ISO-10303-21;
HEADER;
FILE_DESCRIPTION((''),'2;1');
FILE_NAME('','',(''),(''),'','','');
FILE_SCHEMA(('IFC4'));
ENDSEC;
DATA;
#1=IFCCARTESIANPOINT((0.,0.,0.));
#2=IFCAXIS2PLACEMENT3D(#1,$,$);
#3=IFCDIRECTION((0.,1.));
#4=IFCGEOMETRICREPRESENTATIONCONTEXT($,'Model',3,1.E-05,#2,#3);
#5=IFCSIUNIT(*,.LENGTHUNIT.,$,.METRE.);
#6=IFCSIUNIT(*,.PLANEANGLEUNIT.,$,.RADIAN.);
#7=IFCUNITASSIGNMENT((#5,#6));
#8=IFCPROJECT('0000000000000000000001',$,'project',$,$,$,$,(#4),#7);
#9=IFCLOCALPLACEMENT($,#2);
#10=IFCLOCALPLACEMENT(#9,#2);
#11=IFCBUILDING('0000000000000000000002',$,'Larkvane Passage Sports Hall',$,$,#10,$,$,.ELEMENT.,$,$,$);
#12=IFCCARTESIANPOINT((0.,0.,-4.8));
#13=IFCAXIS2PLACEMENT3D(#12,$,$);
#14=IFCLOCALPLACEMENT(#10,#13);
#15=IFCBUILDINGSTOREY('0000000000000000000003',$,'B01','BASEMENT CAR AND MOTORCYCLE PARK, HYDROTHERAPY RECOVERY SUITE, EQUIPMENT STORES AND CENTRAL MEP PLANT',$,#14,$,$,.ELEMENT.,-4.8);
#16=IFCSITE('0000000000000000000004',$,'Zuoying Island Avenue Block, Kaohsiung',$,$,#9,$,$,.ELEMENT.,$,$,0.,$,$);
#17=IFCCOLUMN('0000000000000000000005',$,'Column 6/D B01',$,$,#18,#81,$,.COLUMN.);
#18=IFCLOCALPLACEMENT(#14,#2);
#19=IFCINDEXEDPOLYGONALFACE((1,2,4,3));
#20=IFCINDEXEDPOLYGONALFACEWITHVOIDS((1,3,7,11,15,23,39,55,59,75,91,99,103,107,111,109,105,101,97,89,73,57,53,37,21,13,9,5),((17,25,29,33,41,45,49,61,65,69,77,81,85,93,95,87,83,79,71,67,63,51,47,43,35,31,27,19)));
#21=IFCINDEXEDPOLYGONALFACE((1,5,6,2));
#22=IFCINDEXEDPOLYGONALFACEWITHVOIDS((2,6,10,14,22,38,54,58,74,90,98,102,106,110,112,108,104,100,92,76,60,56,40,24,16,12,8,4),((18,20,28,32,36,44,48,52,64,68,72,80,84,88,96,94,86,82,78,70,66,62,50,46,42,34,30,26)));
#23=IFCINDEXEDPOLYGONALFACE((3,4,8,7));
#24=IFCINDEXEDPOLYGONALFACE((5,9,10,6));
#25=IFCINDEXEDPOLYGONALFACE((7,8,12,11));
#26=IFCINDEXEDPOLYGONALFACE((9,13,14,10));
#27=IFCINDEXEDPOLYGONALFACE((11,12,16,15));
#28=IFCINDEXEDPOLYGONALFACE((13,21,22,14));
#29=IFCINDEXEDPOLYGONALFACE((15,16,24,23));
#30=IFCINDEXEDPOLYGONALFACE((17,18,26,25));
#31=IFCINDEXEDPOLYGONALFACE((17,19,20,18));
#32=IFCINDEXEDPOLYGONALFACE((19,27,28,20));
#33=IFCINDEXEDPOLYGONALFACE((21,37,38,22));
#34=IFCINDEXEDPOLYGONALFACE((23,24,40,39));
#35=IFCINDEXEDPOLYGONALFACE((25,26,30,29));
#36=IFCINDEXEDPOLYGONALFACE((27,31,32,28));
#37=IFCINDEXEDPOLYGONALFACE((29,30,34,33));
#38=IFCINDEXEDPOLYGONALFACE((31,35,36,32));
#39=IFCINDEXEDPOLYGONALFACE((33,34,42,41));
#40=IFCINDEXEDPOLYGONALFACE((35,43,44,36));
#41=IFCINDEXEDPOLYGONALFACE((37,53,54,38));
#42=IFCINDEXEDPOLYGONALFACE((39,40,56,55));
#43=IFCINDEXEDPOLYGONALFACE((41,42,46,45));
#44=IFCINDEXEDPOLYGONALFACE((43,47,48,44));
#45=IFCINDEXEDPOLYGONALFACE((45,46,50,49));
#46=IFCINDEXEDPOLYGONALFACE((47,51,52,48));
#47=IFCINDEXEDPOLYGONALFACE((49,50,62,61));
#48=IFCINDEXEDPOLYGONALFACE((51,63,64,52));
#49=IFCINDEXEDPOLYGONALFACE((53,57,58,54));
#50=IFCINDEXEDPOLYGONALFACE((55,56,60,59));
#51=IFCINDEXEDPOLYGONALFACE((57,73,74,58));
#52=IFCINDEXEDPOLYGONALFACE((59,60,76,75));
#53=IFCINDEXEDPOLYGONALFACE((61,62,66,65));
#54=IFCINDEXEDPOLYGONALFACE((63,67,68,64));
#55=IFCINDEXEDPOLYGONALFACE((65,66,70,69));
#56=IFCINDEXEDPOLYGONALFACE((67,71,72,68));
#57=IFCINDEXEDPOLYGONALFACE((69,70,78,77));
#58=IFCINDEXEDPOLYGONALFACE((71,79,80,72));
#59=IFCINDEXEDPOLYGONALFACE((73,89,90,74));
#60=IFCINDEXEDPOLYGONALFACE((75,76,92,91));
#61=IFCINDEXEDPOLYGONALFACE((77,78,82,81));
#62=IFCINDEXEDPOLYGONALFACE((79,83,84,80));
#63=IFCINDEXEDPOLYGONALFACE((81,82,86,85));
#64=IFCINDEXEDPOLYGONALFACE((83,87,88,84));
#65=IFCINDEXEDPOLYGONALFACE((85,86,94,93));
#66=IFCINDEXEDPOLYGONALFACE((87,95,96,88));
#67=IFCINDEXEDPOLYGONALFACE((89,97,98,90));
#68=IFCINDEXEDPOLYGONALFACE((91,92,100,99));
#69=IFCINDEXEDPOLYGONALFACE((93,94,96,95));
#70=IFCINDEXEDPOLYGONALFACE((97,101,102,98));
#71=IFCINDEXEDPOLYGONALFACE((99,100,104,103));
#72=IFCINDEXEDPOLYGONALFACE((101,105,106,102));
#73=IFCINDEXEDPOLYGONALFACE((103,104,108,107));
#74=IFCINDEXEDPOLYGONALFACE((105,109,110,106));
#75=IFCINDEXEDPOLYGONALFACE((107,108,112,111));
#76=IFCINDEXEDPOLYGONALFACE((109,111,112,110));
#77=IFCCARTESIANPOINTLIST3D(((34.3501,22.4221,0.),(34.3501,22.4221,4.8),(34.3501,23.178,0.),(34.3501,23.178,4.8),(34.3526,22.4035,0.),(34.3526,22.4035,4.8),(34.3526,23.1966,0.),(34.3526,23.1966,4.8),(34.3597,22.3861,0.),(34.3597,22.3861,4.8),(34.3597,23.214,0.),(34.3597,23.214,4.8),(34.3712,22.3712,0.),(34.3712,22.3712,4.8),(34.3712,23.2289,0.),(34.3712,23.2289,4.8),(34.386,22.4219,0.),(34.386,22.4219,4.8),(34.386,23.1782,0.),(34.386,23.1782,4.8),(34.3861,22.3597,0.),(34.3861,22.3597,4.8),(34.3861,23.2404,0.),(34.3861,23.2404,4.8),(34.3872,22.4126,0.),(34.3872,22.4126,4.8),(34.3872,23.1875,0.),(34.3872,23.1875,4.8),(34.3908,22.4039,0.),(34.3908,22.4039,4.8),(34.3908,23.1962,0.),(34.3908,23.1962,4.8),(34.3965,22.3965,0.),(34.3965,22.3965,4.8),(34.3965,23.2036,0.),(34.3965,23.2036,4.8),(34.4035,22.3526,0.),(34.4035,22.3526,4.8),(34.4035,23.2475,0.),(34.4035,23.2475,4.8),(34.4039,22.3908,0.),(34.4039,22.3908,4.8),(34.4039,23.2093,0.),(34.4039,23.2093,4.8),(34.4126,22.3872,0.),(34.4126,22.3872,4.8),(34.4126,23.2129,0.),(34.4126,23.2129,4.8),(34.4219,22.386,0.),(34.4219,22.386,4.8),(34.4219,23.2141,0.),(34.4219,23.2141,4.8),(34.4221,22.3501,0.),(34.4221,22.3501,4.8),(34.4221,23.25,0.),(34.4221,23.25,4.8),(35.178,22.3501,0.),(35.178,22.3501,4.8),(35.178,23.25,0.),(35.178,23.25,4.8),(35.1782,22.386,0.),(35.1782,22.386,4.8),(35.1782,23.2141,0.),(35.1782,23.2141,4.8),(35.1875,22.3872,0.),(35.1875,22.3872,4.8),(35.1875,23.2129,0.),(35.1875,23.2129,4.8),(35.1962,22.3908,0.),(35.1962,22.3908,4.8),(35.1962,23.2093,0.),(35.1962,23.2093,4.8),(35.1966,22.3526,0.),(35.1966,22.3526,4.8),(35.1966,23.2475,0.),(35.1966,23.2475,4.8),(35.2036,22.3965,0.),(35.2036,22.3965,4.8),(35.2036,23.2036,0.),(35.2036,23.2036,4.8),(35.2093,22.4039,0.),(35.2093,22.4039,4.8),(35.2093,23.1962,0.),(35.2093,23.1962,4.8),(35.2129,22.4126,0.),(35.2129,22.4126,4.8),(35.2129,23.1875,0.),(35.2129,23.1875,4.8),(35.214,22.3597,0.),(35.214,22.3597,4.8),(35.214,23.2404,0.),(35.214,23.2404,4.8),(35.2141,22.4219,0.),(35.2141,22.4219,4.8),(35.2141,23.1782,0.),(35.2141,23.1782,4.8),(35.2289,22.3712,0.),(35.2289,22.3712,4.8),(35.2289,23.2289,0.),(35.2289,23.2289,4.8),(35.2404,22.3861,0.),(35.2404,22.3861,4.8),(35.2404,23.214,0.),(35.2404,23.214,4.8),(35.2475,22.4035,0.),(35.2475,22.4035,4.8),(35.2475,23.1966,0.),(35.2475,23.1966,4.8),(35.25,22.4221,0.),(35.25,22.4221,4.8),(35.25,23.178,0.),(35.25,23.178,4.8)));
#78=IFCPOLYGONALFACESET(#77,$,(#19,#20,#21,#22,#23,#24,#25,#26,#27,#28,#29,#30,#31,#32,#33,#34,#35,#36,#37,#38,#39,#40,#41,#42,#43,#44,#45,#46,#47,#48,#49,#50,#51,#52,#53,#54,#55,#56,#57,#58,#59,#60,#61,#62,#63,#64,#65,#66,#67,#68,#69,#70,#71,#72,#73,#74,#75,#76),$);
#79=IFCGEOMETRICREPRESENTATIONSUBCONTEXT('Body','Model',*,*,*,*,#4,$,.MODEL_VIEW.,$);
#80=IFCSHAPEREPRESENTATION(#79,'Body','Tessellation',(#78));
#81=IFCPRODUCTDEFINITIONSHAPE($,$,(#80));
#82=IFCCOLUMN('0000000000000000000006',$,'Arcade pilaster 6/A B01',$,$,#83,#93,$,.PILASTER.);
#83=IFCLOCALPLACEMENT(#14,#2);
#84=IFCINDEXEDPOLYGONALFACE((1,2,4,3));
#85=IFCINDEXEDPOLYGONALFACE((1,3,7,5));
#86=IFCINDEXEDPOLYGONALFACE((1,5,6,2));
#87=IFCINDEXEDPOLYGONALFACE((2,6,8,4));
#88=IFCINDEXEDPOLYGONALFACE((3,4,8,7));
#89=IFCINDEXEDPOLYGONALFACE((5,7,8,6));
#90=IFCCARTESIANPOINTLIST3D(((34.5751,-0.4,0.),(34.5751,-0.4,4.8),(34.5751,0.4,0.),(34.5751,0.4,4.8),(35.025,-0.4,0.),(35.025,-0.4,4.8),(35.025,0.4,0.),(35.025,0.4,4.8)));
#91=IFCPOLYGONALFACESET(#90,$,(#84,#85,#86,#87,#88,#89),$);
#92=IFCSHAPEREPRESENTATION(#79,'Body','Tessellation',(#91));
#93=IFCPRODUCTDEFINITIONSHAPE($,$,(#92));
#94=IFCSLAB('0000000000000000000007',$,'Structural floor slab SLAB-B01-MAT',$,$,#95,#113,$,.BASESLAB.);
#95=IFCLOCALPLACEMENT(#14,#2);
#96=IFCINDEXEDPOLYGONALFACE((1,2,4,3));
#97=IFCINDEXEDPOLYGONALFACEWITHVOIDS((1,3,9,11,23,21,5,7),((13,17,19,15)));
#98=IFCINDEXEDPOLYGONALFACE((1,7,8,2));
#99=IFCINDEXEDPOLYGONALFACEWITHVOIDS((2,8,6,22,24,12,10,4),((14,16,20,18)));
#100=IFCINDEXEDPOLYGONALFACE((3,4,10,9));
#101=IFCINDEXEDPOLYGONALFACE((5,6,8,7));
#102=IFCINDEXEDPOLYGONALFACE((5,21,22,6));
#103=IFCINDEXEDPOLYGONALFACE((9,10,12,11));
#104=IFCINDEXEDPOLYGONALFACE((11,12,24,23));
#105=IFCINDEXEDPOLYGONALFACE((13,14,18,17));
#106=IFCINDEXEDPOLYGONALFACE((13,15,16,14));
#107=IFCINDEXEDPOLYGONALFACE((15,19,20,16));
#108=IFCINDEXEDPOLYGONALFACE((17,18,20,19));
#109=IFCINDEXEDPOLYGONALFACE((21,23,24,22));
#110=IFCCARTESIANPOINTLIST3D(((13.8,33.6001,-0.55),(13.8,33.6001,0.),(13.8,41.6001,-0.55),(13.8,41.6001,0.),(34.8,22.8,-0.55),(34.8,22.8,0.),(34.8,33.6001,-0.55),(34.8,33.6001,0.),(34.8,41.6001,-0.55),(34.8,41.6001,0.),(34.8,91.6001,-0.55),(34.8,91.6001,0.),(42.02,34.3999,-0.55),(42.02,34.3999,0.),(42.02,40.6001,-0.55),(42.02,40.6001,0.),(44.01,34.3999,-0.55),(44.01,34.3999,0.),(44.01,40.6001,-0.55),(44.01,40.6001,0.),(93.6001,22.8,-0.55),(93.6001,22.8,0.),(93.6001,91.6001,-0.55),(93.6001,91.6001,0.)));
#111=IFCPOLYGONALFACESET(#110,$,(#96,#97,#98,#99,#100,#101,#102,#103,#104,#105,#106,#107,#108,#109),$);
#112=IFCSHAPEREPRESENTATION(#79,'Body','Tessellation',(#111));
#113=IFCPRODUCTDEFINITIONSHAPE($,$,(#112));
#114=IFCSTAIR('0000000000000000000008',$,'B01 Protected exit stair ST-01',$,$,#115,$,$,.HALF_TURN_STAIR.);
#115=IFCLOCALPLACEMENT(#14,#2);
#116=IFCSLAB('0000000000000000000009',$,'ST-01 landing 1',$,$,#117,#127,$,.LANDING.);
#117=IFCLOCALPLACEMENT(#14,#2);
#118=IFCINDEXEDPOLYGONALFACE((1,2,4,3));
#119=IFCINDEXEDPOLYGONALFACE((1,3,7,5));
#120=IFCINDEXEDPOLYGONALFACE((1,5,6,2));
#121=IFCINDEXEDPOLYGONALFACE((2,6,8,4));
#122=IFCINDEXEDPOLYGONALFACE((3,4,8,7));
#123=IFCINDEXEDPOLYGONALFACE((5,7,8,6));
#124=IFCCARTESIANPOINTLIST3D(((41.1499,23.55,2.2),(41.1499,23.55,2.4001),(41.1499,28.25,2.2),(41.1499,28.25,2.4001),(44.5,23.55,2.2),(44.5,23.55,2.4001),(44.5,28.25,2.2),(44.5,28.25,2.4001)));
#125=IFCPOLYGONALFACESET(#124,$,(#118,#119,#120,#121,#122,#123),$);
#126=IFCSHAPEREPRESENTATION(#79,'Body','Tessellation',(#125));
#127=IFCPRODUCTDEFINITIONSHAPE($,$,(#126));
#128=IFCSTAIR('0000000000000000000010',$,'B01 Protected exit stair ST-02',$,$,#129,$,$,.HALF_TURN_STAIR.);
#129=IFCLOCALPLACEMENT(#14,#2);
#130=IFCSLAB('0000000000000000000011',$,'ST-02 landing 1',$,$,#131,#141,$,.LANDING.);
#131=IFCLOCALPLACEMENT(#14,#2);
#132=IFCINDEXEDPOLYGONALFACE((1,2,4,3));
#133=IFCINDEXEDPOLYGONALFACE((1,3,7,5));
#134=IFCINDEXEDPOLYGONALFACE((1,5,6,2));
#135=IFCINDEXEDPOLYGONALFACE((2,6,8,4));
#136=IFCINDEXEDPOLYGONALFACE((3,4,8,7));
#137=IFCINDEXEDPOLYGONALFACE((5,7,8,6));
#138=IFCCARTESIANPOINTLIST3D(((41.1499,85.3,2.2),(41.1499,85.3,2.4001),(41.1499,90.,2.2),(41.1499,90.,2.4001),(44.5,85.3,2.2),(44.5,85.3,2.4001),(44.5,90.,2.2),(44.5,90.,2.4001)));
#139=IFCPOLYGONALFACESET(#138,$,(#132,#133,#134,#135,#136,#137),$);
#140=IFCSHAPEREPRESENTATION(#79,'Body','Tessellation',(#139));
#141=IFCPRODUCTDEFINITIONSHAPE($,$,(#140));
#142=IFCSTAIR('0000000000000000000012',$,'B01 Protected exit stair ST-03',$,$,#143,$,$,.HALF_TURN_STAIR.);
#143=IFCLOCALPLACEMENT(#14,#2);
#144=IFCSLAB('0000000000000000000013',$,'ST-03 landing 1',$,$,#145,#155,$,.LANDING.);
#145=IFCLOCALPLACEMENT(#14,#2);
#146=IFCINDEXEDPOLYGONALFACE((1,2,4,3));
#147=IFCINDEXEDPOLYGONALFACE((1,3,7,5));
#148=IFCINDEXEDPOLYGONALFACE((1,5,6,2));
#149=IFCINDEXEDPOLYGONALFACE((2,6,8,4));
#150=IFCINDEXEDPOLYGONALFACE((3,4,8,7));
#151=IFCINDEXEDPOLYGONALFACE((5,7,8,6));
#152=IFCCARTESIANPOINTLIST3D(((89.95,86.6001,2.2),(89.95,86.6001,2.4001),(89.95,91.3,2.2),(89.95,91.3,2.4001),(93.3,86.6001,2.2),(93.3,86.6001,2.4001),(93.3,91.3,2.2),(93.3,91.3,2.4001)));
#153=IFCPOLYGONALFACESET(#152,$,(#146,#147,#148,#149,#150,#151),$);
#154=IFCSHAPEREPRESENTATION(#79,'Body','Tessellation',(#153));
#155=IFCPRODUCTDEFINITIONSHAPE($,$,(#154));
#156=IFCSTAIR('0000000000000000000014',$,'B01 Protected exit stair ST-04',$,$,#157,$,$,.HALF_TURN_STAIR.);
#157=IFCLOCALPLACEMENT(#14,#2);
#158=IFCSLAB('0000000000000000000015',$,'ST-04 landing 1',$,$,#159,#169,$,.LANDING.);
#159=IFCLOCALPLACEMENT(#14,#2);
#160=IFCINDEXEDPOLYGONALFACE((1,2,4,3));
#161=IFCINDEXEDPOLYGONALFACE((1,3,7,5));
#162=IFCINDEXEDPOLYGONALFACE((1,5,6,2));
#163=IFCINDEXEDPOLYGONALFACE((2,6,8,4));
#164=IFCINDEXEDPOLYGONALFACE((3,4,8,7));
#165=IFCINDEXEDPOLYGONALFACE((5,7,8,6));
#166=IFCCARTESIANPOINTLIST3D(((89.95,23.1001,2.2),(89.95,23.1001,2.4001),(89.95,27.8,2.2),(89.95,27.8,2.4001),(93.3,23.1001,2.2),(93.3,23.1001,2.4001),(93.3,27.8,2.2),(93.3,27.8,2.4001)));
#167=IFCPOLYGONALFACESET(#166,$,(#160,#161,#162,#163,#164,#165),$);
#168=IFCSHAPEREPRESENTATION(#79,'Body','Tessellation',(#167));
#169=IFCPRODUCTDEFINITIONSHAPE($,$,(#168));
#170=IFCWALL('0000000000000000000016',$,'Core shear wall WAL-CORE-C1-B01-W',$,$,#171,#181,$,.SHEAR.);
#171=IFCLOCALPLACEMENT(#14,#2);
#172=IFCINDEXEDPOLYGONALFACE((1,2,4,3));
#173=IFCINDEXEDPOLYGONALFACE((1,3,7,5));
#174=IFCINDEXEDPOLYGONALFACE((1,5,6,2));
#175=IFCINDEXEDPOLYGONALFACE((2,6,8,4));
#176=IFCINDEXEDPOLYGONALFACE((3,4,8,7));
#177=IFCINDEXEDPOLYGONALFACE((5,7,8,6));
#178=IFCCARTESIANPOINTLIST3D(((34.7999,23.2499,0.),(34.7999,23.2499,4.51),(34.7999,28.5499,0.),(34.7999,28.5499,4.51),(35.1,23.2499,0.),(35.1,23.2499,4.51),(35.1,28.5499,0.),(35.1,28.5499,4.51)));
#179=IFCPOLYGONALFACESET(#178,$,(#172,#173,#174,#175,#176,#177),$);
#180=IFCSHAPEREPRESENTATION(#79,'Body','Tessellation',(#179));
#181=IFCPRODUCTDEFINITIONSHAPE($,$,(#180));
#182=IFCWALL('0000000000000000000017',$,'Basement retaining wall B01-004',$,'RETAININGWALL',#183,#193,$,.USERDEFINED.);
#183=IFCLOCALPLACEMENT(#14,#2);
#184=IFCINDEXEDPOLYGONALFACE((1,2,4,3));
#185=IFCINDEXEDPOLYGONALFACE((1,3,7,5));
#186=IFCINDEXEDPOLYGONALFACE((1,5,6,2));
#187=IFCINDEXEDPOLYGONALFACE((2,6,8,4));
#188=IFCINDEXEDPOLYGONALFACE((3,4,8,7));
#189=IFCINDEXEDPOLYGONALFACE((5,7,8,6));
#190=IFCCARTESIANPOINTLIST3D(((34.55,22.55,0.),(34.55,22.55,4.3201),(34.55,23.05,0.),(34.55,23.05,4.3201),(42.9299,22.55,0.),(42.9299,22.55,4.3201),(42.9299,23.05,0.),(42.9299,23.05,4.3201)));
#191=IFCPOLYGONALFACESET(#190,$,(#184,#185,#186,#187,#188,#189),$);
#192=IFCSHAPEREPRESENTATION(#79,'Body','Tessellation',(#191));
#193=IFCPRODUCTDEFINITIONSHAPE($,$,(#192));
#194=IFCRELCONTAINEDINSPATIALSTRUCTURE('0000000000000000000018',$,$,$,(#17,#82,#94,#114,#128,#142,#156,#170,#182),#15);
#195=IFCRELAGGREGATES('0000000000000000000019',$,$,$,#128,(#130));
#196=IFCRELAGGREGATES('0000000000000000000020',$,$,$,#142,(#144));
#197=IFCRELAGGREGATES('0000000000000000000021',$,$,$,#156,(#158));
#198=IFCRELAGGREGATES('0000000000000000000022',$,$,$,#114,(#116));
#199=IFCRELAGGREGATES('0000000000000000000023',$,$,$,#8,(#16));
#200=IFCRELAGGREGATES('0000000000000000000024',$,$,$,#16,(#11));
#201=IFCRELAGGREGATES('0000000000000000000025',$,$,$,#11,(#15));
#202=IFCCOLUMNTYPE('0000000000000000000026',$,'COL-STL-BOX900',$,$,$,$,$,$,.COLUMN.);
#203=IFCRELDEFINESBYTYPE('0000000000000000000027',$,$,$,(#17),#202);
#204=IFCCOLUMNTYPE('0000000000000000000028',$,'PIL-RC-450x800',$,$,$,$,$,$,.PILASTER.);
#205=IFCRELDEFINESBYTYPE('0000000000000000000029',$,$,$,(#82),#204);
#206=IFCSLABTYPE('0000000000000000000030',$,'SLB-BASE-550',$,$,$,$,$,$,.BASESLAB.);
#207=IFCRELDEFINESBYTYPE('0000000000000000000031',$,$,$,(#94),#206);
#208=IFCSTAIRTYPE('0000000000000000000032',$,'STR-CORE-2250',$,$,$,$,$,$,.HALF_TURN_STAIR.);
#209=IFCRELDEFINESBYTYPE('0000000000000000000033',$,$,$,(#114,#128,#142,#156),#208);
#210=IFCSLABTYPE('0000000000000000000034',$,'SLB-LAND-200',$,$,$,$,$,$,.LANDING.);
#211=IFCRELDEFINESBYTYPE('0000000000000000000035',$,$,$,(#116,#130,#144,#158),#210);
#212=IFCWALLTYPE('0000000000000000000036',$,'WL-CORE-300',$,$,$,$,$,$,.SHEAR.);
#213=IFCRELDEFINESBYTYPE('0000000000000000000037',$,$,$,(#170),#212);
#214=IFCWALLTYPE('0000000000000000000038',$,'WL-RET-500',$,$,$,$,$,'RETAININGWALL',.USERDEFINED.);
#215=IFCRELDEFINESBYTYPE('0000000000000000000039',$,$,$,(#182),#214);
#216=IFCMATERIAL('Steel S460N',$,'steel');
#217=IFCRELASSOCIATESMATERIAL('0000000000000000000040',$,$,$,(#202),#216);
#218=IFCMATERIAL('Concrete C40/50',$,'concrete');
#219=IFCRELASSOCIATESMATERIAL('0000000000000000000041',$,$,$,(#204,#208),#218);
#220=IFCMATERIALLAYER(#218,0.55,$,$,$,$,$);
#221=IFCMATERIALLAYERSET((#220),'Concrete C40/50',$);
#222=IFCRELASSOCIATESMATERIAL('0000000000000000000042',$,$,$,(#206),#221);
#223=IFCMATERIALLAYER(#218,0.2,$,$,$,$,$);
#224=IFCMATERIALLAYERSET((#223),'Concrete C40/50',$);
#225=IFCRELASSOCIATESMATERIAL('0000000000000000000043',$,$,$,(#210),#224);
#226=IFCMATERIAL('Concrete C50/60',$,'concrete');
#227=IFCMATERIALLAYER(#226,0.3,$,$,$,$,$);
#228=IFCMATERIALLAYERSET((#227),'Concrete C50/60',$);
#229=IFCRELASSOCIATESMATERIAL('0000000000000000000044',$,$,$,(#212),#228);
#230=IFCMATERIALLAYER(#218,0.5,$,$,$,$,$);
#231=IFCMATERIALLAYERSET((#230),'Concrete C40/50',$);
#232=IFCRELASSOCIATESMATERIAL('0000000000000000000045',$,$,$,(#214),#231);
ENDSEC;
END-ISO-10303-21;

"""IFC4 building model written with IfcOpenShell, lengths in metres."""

from ifc_helpers import new_model, si_unit, direction, frame, frame_2d, origin, origin_2d, place, context, subcontext, project, spatial, polyline, rectangle, hollow_rectangle, outline, extrude, material, layer, layer_set, material_profile, profile_set, type_object, element, aggregate, save


model = new_model("IFC4")

# Units and contexts
model_context = context("Model", 3, precision=1e-05, world=origin(), true_north=direction((0.0, 1.0)))
body_context = subcontext(model_context, "Body", "Model", "MODEL_VIEW")
ifc_project = project(units=[si_unit("LENGTHUNIT", "METRE"), si_unit("PLANEANGLEUNIT", "RADIAN")], contexts=[model_context])

# Site, building, storey
site_placement = place(None, origin())
site = spatial("IfcSite", under=ifc_project, at=site_placement, Name="Zuoying Island Avenue Block, Kaohsiung", CompositionType="ELEMENT", RefElevation=0.0)
building_placement = place(site_placement, origin())
building = spatial("IfcBuilding", under=site, at=building_placement, Name="Larkvane Passage Sports Hall", CompositionType="ELEMENT")
storey_placement = place(building_placement, frame((0.0, 0.0, -4.8)))
storey = spatial("IfcBuildingStorey", under=building, at=storey_placement, Name="B01", Description="BASEMENT CAR AND MOTORCYCLE PARK, HYDROTHERAPY RECOVERY SUITE, EQUIPMENT STORES AND CENTRAL MEP PLANT", CompositionType="ELEMENT", Elevation=-4.8)

# Shared definitions
ifc_material_1 = material(Name="Concrete C40/50", Category="concrete")

# Columns
ifc_material_2 = material(Name="Steel S460N", Category="steel")
ifc_material_profile_1 = material_profile(ifc_material_2, hollow_rectangle(XDim=0.8999, YDim=0.8999, WallThickness=0.0359, InnerFilletRadius=0.0359, OuterFilletRadius=0.072, at=origin_2d()), Name="BOX-900x900x36")
ifc_profile_set_1 = profile_set([ifc_material_profile_1], Name="Steel S460N")
column_type_1 = type_object("IfcColumnType", Name="COL-STL-BOX900", PredefinedType="COLUMN", material=ifc_profile_set_1)
for number, where, z_axis, x_axis, name in (
    (1, (34.8, 22.8, 0.0), (0.0, 0.0, 1.0), (1.0, 0.0, 0.0), "Column 6/D B01"),
):
    element("IfcColumn", number, at=place(storey_placement, frame(where, z_axis=z_axis, x_axis=x_axis)), inside=storey, type_object=column_type_1, Name=name, PredefinedType="COLUMN", context=body_context, shape_type="SweptSolid", body=[
        extrude(hollow_rectangle(XDim=0.8999, YDim=0.8999, WallThickness=0.0359, InnerFilletRadius=0.0359, OuterFilletRadius=0.072, at=origin_2d()), origin(), (0.0, 0.0, 1.0), 4.8),
    ])
ifc_material_profile_2 = material_profile(ifc_material_1, rectangle(XDim=0.45, YDim=0.8, at=origin_2d()), Name="RC-PIL-450x800")
ifc_profile_set_2 = profile_set([ifc_material_profile_2], Name="Concrete C40/50")
column_type_2 = type_object("IfcColumnType", Name="PIL-RC-450x800", PredefinedType="PILASTER", material=ifc_profile_set_2)
column_1_placement = place(storey_placement, frame((34.8, 0.0, 0.0), z_axis=(0.0, 0.0, 1.0), x_axis=(1.0, 0.0, 0.0)))
element("IfcColumn", 2, at=column_1_placement, inside=storey, type_object=column_type_2, Name="Arcade pilaster 6/A B01", PredefinedType="PILASTER", context=body_context, shape_type="SweptSolid", body=[
    extrude(rectangle(XDim=0.45, YDim=0.8, at=origin_2d()), origin(), (0.0, 0.0, 1.0), 4.8),
])

# Slab
ifc_layer_1 = layer(ifc_material_1, 0.55)
ifc_layer_set_1 = layer_set([ifc_layer_1], Name="Concrete C40/50")
slab_type_1 = type_object("IfcSlabType", Name="SLB-BASE-550", PredefinedType="BASESLAB", material=ifc_layer_set_1)
slab_1_placement = place(storey_placement, frame((0.0, 0.0, -0.55)))
element("IfcSlab", 3, at=slab_1_placement, inside=storey, type_object=slab_type_1, Name="Structural floor slab SLAB-B01-MAT", PredefinedType="BASESLAB", context=body_context, shape_type="SweptSolid", body=[
    extrude(outline(polyline([(13.8, 33.6001), (34.8, 33.6001), (34.8, 22.8), (93.6001, 22.8), (93.6001, 91.6001), (34.8, 91.6001), (34.8, 41.6001), (13.8, 41.6001), (13.8, 33.6001)]), holes=[polyline([(42.02, 40.6001), (44.01, 40.6001), (44.01, 34.3999), (42.02, 34.3999), (42.02, 40.6001)])]), origin(), (0.0, 0.0, 1.0), 0.55),
])

# Stairs, slabs
stair_type = type_object("IfcStairType", Name="STR-CORE-2250", PredefinedType="HALF_TURN_STAIR", material=ifc_material_1)
stair_1_placement = place(storey_placement, origin())
stair_1 = element("IfcStair", 4, at=stair_1_placement, inside=storey, type_object=stair_type, Name="B01 Protected exit stair ST-01", PredefinedType="HALF_TURN_STAIR")
ifc_layer_2 = layer(ifc_material_1, 0.2)
ifc_layer_set_2 = layer_set([ifc_layer_2], Name="Concrete C40/50")
slab_type_2 = type_object("IfcSlabType", Name="SLB-LAND-200", PredefinedType="LANDING", material=ifc_layer_set_2)
slab_2_placement = place(storey_placement, frame((0.0, 0.0, 2.2)))
slab_2 = element("IfcSlab", 5, at=slab_2_placement, type_object=slab_type_2, Name="ST-01 landing 1", PredefinedType="LANDING", context=body_context, shape_type="SweptSolid", body=[
    extrude(outline(polyline([(41.1499, 23.55), (44.5, 23.55), (44.5, 28.25), (41.1499, 28.25), (41.1499, 23.55)])), origin(), (0.0, 0.0, 1.0), 0.2002),
])
stair_2_placement = place(storey_placement, origin())
stair_2 = element("IfcStair", 6, at=stair_2_placement, inside=storey, type_object=stair_type, Name="B01 Protected exit stair ST-02", PredefinedType="HALF_TURN_STAIR")
slab_3_placement = place(storey_placement, frame((0.0, 0.0, 2.2)))
slab_3 = element("IfcSlab", 7, at=slab_3_placement, type_object=slab_type_2, Name="ST-02 landing 1", PredefinedType="LANDING", context=body_context, shape_type="SweptSolid", body=[
    extrude(outline(polyline([(41.1499, 85.3), (44.5, 85.3), (44.5, 90.0), (41.1499, 90.0), (41.1499, 85.3)])), origin(), (0.0, 0.0, 1.0), 0.2002),
])
aggregate(stair_2, [slab_3])
stair_3_placement = place(storey_placement, origin())
stair_3 = element("IfcStair", 8, at=stair_3_placement, inside=storey, type_object=stair_type, Name="B01 Protected exit stair ST-03", PredefinedType="HALF_TURN_STAIR")
slab_4_placement = place(storey_placement, frame((0.0, 0.0, 2.2)))
slab_4 = element("IfcSlab", 9, at=slab_4_placement, type_object=slab_type_2, Name="ST-03 landing 1", PredefinedType="LANDING", context=body_context, shape_type="SweptSolid", body=[
    extrude(outline(polyline([(89.95, 86.6001), (93.3, 86.6001), (93.3, 91.3), (89.95, 91.3), (89.95, 86.6001)])), origin(), (0.0, 0.0, 1.0), 0.2002),
])
aggregate(stair_3, [slab_4])
stair_4_placement = place(storey_placement, origin())
stair_4 = element("IfcStair", 10, at=stair_4_placement, inside=storey, type_object=stair_type, Name="B01 Protected exit stair ST-04", PredefinedType="HALF_TURN_STAIR")
slab_5_placement = place(storey_placement, frame((0.0, 0.0, 2.2)))
slab_5 = element("IfcSlab", 11, at=slab_5_placement, type_object=slab_type_2, Name="ST-04 landing 1", PredefinedType="LANDING", context=body_context, shape_type="SweptSolid", body=[
    extrude(outline(polyline([(89.95, 23.1001), (93.3, 23.1001), (93.3, 27.8), (89.95, 27.8), (89.95, 23.1001)])), origin(), (0.0, 0.0, 1.0), 0.2002),
])
aggregate(stair_4, [slab_5])

# Walls
ifc_material_3 = material(Name="Concrete C50/60", Category="concrete")
ifc_layer_3 = layer(ifc_material_3, 0.3)
ifc_layer_set_3 = layer_set([ifc_layer_3], Name="Concrete C50/60")
wall_type_1 = type_object("IfcWallType", Name="WL-CORE-300", PredefinedType="SHEAR", material=ifc_layer_set_3)
wall_1_placement = place(storey_placement, frame((34.95, 23.25, 0.0), z_axis=(0.0, 0.0, 1.0), x_axis=(0.0, 1.0, 0.0)))
element("IfcWall", 12, at=wall_1_placement, inside=storey, type_object=wall_type_1, Name="Core shear wall WAL-CORE-C1-B01-W", PredefinedType="SHEAR", context=body_context, shape_type="SweptSolid", body=[
    extrude(rectangle(XDim=5.3, YDim=0.3, at=frame_2d((2.6499, 0.0))), origin(), (0.0, 0.0, 1.0), 4.51),
])
ifc_layer_4 = layer(ifc_material_1, 0.5)
ifc_layer_set_4 = layer_set([ifc_layer_4], Name="Concrete C40/50")
wall_type_2 = type_object("IfcWallType", Name="WL-RET-500", ElementType="RETAININGWALL", PredefinedType="USERDEFINED", material=ifc_layer_set_4)
wall_2_placement = place(storey_placement, frame((34.55, 22.8, 0.0), z_axis=(0.0, 0.0, 1.0), x_axis=(1.0, 0.0, 0.0)))
element("IfcWall", 13, at=wall_2_placement, inside=storey, type_object=wall_type_2, Name="Basement retaining wall B01-004", ObjectType="RETAININGWALL", PredefinedType="USERDEFINED", context=body_context, shape_type="SweptSolid", body=[
    extrude(rectangle(XDim=8.3799, YDim=0.5, at=frame_2d((4.1899, 0.0))), origin(), (0.0, 0.0, 1.0), 4.3201),
])

aggregate(stair_1, [slab_2])

save(model, "model.ifc")
